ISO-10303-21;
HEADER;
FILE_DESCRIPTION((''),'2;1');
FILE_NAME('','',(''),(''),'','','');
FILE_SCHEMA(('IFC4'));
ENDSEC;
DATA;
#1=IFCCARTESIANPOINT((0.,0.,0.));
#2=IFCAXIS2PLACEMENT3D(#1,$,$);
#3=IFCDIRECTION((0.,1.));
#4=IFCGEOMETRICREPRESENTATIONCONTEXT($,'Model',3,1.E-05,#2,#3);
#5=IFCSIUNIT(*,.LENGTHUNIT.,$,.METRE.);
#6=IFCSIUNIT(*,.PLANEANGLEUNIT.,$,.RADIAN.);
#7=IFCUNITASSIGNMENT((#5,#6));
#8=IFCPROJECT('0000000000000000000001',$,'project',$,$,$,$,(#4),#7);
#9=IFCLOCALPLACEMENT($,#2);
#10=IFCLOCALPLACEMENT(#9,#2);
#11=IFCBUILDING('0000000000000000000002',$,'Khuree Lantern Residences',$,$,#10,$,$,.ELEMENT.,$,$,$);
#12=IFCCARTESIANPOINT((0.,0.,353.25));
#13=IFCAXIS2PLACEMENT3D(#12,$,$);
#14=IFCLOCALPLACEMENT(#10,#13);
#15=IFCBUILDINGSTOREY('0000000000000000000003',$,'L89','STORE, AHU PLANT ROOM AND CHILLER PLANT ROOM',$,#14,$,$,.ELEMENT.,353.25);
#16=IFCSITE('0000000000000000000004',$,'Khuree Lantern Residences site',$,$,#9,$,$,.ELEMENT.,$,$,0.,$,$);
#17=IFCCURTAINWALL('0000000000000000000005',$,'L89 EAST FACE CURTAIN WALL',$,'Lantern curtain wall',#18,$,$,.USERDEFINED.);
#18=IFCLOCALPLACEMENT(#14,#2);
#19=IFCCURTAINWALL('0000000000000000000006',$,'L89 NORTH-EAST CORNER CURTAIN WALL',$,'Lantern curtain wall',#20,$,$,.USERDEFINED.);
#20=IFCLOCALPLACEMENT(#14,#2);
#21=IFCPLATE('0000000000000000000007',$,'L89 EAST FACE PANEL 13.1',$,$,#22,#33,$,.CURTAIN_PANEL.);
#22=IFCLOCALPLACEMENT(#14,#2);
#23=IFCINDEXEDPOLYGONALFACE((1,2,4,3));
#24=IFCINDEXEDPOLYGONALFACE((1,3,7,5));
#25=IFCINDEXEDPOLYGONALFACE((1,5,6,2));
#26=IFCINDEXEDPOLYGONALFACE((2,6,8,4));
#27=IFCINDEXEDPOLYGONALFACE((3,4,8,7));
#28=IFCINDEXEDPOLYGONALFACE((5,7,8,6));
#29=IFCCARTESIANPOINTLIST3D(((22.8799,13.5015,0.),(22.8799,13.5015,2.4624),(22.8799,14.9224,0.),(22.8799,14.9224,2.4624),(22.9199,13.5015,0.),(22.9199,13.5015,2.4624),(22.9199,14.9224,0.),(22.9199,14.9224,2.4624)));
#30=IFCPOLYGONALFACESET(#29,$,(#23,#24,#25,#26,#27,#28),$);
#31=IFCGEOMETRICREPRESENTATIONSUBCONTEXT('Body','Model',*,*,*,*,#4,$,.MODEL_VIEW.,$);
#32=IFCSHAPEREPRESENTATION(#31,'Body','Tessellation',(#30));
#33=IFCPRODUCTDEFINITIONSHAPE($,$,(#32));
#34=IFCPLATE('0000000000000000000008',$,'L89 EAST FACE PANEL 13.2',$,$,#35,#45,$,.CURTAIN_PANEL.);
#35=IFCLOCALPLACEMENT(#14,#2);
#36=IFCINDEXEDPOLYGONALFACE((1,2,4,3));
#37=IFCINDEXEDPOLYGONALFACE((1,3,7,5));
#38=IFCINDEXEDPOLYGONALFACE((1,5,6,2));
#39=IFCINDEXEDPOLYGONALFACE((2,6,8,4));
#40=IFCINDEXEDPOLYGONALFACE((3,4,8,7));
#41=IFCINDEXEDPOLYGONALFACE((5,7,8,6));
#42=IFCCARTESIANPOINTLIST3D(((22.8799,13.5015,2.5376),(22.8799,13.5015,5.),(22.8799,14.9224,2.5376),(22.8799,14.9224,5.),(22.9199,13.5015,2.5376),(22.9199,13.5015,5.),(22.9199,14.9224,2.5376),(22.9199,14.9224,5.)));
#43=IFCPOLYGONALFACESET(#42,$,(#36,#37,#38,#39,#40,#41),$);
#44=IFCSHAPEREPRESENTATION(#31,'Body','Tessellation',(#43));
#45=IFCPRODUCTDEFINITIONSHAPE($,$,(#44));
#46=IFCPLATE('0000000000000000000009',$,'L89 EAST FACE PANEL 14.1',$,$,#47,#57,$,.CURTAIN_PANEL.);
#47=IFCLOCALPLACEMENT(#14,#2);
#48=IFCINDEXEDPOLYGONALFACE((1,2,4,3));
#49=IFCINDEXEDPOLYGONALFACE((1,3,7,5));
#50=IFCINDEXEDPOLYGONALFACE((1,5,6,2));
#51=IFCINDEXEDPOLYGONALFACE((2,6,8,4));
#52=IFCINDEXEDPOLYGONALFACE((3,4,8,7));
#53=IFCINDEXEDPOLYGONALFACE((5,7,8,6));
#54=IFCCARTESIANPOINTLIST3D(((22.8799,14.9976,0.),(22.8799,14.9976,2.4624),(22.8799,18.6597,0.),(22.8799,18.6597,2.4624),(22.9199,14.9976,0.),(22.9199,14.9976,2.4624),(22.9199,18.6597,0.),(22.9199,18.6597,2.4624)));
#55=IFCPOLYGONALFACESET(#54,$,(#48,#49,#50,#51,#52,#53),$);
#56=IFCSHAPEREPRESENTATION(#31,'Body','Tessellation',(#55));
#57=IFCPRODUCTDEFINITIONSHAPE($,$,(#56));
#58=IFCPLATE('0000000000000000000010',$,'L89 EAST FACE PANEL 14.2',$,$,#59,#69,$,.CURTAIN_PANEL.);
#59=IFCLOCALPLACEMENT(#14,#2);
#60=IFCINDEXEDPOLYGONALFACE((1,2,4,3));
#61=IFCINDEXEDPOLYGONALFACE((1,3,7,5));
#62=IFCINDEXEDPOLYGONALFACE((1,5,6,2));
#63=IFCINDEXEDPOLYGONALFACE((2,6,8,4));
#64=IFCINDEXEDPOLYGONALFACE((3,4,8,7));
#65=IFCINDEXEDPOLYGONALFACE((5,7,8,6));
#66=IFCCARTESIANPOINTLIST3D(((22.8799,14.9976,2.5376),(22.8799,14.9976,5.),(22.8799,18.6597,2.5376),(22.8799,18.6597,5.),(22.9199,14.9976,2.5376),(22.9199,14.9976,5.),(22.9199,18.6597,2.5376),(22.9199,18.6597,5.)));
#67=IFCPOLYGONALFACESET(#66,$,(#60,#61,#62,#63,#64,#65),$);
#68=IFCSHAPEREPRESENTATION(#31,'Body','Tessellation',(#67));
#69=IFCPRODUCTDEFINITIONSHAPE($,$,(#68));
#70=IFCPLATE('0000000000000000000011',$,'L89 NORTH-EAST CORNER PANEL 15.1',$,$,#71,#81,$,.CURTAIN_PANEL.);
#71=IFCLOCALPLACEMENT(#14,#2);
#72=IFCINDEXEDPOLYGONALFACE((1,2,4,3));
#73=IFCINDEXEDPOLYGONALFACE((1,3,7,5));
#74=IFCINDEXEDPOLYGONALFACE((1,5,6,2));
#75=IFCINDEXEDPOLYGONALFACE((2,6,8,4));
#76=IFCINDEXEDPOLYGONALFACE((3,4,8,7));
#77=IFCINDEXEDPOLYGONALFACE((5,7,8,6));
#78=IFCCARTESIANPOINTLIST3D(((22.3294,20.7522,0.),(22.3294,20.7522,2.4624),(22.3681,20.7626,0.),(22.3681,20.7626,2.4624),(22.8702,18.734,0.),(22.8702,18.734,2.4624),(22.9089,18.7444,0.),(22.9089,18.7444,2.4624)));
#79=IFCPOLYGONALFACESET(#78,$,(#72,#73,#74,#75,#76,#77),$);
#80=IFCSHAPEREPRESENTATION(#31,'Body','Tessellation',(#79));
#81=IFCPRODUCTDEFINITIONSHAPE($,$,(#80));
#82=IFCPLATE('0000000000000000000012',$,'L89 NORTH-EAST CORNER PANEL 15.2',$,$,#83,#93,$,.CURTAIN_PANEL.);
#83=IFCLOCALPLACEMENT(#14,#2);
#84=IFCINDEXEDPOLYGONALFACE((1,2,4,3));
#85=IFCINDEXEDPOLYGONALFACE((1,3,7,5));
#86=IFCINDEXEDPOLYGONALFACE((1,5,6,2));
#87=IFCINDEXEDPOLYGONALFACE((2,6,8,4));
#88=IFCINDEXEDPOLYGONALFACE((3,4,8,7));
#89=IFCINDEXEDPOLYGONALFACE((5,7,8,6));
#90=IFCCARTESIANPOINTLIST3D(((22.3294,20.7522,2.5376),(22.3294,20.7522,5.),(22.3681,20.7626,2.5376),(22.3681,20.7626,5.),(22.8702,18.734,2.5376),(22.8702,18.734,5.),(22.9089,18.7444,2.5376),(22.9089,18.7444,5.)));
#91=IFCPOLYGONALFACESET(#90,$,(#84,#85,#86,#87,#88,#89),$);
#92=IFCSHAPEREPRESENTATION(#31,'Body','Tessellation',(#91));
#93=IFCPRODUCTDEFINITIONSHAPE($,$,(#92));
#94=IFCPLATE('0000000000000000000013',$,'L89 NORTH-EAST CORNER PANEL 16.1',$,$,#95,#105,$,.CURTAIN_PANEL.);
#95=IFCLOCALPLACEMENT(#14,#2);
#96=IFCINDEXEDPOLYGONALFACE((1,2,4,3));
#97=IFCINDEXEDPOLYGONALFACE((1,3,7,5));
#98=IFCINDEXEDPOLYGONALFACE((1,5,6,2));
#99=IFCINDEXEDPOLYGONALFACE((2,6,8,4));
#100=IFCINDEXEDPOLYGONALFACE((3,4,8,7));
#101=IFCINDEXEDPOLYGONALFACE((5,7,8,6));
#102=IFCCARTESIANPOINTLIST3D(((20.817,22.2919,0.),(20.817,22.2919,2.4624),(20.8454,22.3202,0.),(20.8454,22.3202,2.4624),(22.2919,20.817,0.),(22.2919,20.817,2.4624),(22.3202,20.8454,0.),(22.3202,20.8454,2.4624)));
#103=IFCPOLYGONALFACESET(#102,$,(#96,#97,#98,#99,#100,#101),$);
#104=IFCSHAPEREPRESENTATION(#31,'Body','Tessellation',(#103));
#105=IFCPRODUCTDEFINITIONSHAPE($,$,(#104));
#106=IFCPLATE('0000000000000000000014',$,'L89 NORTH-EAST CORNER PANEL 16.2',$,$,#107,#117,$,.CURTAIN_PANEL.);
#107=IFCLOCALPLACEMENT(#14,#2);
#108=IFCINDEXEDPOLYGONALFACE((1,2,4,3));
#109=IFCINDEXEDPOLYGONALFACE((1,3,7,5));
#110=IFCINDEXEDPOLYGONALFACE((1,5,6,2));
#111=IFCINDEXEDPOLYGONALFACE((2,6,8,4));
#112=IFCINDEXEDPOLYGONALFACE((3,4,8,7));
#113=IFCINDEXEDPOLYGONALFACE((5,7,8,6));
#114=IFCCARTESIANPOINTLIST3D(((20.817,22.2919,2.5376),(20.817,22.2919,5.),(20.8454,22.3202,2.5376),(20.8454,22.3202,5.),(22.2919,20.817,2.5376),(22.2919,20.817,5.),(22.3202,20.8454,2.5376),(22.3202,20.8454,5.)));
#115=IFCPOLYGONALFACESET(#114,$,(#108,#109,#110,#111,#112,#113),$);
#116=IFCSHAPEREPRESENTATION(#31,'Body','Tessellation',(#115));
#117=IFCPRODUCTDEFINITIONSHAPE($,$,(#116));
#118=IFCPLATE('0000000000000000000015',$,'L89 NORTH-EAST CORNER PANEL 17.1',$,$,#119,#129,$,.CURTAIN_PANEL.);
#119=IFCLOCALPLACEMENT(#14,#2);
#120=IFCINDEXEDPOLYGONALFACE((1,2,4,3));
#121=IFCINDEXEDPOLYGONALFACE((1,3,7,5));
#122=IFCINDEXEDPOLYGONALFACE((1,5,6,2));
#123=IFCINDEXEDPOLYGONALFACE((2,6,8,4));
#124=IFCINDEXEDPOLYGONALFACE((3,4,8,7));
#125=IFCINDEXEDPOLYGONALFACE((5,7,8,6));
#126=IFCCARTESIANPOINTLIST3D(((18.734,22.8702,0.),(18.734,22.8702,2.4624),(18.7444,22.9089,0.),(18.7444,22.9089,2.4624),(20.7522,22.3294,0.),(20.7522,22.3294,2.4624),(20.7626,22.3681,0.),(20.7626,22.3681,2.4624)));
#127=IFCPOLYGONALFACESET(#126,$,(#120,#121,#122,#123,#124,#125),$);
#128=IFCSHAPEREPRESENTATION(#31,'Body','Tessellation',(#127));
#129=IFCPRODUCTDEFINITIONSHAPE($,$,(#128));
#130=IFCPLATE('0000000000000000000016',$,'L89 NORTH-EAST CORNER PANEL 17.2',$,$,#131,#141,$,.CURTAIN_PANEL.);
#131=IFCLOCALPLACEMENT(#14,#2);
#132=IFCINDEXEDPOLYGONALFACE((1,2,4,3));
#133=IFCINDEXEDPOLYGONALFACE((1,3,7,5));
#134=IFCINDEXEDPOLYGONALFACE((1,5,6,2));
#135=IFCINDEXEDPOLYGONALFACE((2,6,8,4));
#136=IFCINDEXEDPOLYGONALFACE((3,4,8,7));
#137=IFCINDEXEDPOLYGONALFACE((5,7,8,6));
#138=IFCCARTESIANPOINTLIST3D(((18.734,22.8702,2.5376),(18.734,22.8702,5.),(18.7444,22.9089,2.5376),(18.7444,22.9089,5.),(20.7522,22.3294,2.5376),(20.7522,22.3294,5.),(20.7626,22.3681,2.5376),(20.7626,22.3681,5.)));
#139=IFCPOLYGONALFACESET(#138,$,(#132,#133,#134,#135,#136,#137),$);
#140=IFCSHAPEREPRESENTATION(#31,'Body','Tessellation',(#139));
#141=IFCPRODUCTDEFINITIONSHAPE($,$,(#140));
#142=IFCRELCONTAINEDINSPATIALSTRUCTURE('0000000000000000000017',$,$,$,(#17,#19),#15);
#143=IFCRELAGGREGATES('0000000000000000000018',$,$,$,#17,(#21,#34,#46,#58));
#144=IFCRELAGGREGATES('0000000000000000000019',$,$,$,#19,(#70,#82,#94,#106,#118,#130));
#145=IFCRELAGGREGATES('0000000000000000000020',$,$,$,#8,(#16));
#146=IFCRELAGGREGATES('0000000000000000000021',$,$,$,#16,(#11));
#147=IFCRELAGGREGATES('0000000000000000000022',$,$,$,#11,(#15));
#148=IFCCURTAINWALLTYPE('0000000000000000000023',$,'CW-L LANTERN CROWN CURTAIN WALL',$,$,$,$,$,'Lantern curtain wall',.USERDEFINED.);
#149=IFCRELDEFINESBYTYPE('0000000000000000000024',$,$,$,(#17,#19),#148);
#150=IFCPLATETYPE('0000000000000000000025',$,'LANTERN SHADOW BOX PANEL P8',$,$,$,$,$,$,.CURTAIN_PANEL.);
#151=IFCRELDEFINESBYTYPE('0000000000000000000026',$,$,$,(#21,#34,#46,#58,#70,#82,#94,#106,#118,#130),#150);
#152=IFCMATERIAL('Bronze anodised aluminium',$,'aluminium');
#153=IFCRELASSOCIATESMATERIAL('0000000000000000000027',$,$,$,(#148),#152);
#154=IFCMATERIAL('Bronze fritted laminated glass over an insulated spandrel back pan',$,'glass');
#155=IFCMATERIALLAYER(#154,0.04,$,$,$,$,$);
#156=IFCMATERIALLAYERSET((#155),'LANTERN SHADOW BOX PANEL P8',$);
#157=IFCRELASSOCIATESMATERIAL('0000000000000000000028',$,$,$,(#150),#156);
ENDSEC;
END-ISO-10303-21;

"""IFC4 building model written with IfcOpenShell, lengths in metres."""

from ifc_helpers import new_model, si_unit, direction, frame, origin, origin_2d, place, context, subcontext, project, spatial, rectangle, extrude, material, layer, layer_set, type_object, element, aggregate, save


model = new_model("IFC4")

# Units and contexts
model_context = context("Model", 3, precision=1e-05, world=origin(), true_north=direction((0.0, 1.0)))
body_context = subcontext(model_context, "Body", "Model", "MODEL_VIEW")
ifc_project = project(units=[si_unit("LENGTHUNIT", "METRE"), si_unit("PLANEANGLEUNIT", "RADIAN")], contexts=[model_context])

# Site, building, storey
site_placement = place(None, origin())
site = spatial("IfcSite", under=ifc_project, at=site_placement, Name="Khuree Lantern Residences site", CompositionType="ELEMENT", RefElevation=0.0)
building_placement = place(site_placement, origin())
building = spatial("IfcBuilding", under=site, at=building_placement, Name="Khuree Lantern Residences", CompositionType="ELEMENT")
storey_placement = place(building_placement, frame((0.0, 0.0, 353.25)))
storey = spatial("IfcBuildingStorey", under=building, at=storey_placement, Name="L89", Description="STORE, AHU PLANT ROOM AND CHILLER PLANT ROOM", CompositionType="ELEMENT", Elevation=353.25)

# Curtain wall
ifc_material_1 = material(Name="Bronze anodised aluminium", Category="aluminium")
curtain_wall_type = type_object("IfcCurtainWallType", Name="CW-L LANTERN CROWN CURTAIN WALL", ElementType="Lantern curtain wall", PredefinedType="USERDEFINED", material=ifc_material_1)
curtain_wall_1_placement = place(storey_placement, origin())
curtain_wall_1 = element("IfcCurtainWall", 1, at=curtain_wall_1_placement, inside=storey, type_object=curtain_wall_type, Name="L89 EAST FACE CURTAIN WALL", ObjectType="Lantern curtain wall", PredefinedType="USERDEFINED")

# Curtain wall
curtain_wall_2_placement = place(storey_placement, origin())
curtain_wall_2 = element("IfcCurtainWall", 2, at=curtain_wall_2_placement, inside=storey, type_object=curtain_wall_type, Name="L89 NORTH-EAST CORNER CURTAIN WALL", ObjectType="Lantern curtain wall", PredefinedType="USERDEFINED")

# Plates
ifc_material_2 = material(Name="Bronze fritted laminated glass over an insulated spandrel back pan", Category="glass")
ifc_layer = layer(ifc_material_2, 0.04)
ifc_layer_set = layer_set([ifc_layer], Name="LANTERN SHADOW BOX PANEL P8")
plate_type = type_object("IfcPlateType", Name="LANTERN SHADOW BOX PANEL P8", PredefinedType="CURTAIN_PANEL", material=ifc_layer_set)
plate_1_placement = place(storey_placement, frame((22.8999, 14.2119, 0.0), z_axis=(0.0, 0.0, 1.0), x_axis=(0.0, 1.0, 0.0)))
plate_1 = element("IfcPlate", 3, at=plate_1_placement, type_object=plate_type, Name="L89 EAST FACE PANEL 13.1", PredefinedType="CURTAIN_PANEL", context=body_context, shape_type="SweptSolid", body=[
    extrude(rectangle(XDim=1.4209, YDim=0.04, at=origin_2d()), origin(), (0.0, 0.0, 1.0), 2.4624),
])
plate_2_placement = place(storey_placement, frame((22.8999, 14.2119, 2.5376), z_axis=(0.0, 0.0, 1.0), x_axis=(0.0, 1.0, 0.0)))
plate_2 = element("IfcPlate", 4, at=plate_2_placement, type_object=plate_type, Name="L89 EAST FACE PANEL 13.2", PredefinedType="CURTAIN_PANEL", context=body_context, shape_type="SweptSolid", body=[
    extrude(rectangle(XDim=1.4209, YDim=0.04, at=origin_2d()), origin(), (0.0, 0.0, 1.0), 2.4624),
])
plate_3_placement = place(storey_placement, frame((22.8999, 16.8286, 0.0), z_axis=(0.0, 0.0, 1.0), x_axis=(0.0, 1.0, 0.0)))
plate_3 = element("IfcPlate", 5, at=plate_3_placement, type_object=plate_type, Name="L89 EAST FACE PANEL 14.1", PredefinedType="CURTAIN_PANEL", context=body_context, shape_type="SweptSolid", body=[
    extrude(rectangle(XDim=3.6621, YDim=0.04, at=origin_2d()), origin(), (0.0, 0.0, 1.0), 2.4624),
])
plate_4_placement = place(storey_placement, frame((22.8999, 16.8286, 2.5376), z_axis=(0.0, 0.0, 1.0), x_axis=(0.0, 1.0, 0.0)))
plate_4 = element("IfcPlate", 6, at=plate_4_placement, type_object=plate_type, Name="L89 EAST FACE PANEL 14.2", PredefinedType="CURTAIN_PANEL", context=body_context, shape_type="SweptSolid", body=[
    extrude(rectangle(XDim=3.6621, YDim=0.04, at=origin_2d()), origin(), (0.0, 0.0, 1.0), 2.4624),
])
aggregate(curtain_wall_1, [plate_1, plate_2, plate_3, plate_4])
plate_5_placement = place(storey_placement, frame((22.6191, 19.7483, 0.0), z_axis=(0.0, 0.0, 1.0), x_axis=(-0.258819, 0.965926, 0.0)))
plate_5 = element("IfcPlate", 7, at=plate_5_placement, type_object=plate_type, Name="L89 NORTH-EAST CORNER PANEL 15.1", PredefinedType="CURTAIN_PANEL", context=body_context, shape_type="SweptSolid", body=[
    extrude(rectangle(XDim=2.0894, YDim=0.04, at=origin_2d()), origin(), (0.0, 0.0, 1.0), 2.4624),
])
plate_6_placement = place(storey_placement, frame((22.6191, 19.7483, 2.5376), z_axis=(0.0, 0.0, 1.0), x_axis=(-0.258819, 0.965926, 0.0)))
plate_6 = element("IfcPlate", 8, at=plate_6_placement, type_object=plate_type, Name="L89 NORTH-EAST CORNER PANEL 15.2", PredefinedType="CURTAIN_PANEL", context=body_context, shape_type="SweptSolid", body=[
    extrude(rectangle(XDim=2.0894, YDim=0.04, at=origin_2d()), origin(), (0.0, 0.0, 1.0), 2.4624),
])
plate_7_placement = place(storey_placement, frame((21.5686, 21.5686, 0.0), z_axis=(0.0, 0.0, 1.0), x_axis=(-0.707107, 0.707107, 0.0)))
plate_7 = element("IfcPlate", 9, at=plate_7_placement, type_object=plate_type, Name="L89 NORTH-EAST CORNER PANEL 16.1", PredefinedType="CURTAIN_PANEL", context=body_context, shape_type="SweptSolid", body=[
    extrude(rectangle(XDim=2.0857, YDim=0.04, at=origin_2d()), origin(), (0.0, 0.0, 1.0), 2.4624),
])
plate_8_placement = place(storey_placement, frame((21.5686, 21.5686, 2.5376), z_axis=(0.0, 0.0, 1.0), x_axis=(-0.707107, 0.707107, 0.0)))
plate_8 = element("IfcPlate", 10, at=plate_8_placement, type_object=plate_type, Name="L89 NORTH-EAST CORNER PANEL 16.2", PredefinedType="CURTAIN_PANEL", context=body_context, shape_type="SweptSolid", body=[
    extrude(rectangle(XDim=2.0857, YDim=0.04, at=origin_2d()), origin(), (0.0, 0.0, 1.0), 2.4624),
])
plate_9_placement = place(storey_placement, frame((19.7483, 22.6191, 0.0), z_axis=(0.0, 0.0, 1.0), x_axis=(-0.965926, 0.258819, 0.0)))
plate_9 = element("IfcPlate", 11, at=plate_9_placement, type_object=plate_type, Name="L89 NORTH-EAST CORNER PANEL 17.1", PredefinedType="CURTAIN_PANEL", context=body_context, shape_type="SweptSolid", body=[
    extrude(rectangle(XDim=2.0894, YDim=0.04, at=origin_2d()), origin(), (0.0, 0.0, 1.0), 2.4624),
])
plate_10_placement = place(storey_placement, frame((19.7483, 22.6191, 2.5376), z_axis=(0.0, 0.0, 1.0), x_axis=(-0.965926, 0.258819, 0.0)))
plate_10 = element("IfcPlate", 12, at=plate_10_placement, type_object=plate_type, Name="L89 NORTH-EAST CORNER PANEL 17.2", PredefinedType="CURTAIN_PANEL", context=body_context, shape_type="SweptSolid", body=[
    extrude(rectangle(XDim=2.0894, YDim=0.04, at=origin_2d()), origin(), (0.0, 0.0, 1.0), 2.4624),
])
aggregate(curtain_wall_2, [plate_5, plate_6, plate_7, plate_8, plate_9, plate_10])

save(model, "model.ifc")
